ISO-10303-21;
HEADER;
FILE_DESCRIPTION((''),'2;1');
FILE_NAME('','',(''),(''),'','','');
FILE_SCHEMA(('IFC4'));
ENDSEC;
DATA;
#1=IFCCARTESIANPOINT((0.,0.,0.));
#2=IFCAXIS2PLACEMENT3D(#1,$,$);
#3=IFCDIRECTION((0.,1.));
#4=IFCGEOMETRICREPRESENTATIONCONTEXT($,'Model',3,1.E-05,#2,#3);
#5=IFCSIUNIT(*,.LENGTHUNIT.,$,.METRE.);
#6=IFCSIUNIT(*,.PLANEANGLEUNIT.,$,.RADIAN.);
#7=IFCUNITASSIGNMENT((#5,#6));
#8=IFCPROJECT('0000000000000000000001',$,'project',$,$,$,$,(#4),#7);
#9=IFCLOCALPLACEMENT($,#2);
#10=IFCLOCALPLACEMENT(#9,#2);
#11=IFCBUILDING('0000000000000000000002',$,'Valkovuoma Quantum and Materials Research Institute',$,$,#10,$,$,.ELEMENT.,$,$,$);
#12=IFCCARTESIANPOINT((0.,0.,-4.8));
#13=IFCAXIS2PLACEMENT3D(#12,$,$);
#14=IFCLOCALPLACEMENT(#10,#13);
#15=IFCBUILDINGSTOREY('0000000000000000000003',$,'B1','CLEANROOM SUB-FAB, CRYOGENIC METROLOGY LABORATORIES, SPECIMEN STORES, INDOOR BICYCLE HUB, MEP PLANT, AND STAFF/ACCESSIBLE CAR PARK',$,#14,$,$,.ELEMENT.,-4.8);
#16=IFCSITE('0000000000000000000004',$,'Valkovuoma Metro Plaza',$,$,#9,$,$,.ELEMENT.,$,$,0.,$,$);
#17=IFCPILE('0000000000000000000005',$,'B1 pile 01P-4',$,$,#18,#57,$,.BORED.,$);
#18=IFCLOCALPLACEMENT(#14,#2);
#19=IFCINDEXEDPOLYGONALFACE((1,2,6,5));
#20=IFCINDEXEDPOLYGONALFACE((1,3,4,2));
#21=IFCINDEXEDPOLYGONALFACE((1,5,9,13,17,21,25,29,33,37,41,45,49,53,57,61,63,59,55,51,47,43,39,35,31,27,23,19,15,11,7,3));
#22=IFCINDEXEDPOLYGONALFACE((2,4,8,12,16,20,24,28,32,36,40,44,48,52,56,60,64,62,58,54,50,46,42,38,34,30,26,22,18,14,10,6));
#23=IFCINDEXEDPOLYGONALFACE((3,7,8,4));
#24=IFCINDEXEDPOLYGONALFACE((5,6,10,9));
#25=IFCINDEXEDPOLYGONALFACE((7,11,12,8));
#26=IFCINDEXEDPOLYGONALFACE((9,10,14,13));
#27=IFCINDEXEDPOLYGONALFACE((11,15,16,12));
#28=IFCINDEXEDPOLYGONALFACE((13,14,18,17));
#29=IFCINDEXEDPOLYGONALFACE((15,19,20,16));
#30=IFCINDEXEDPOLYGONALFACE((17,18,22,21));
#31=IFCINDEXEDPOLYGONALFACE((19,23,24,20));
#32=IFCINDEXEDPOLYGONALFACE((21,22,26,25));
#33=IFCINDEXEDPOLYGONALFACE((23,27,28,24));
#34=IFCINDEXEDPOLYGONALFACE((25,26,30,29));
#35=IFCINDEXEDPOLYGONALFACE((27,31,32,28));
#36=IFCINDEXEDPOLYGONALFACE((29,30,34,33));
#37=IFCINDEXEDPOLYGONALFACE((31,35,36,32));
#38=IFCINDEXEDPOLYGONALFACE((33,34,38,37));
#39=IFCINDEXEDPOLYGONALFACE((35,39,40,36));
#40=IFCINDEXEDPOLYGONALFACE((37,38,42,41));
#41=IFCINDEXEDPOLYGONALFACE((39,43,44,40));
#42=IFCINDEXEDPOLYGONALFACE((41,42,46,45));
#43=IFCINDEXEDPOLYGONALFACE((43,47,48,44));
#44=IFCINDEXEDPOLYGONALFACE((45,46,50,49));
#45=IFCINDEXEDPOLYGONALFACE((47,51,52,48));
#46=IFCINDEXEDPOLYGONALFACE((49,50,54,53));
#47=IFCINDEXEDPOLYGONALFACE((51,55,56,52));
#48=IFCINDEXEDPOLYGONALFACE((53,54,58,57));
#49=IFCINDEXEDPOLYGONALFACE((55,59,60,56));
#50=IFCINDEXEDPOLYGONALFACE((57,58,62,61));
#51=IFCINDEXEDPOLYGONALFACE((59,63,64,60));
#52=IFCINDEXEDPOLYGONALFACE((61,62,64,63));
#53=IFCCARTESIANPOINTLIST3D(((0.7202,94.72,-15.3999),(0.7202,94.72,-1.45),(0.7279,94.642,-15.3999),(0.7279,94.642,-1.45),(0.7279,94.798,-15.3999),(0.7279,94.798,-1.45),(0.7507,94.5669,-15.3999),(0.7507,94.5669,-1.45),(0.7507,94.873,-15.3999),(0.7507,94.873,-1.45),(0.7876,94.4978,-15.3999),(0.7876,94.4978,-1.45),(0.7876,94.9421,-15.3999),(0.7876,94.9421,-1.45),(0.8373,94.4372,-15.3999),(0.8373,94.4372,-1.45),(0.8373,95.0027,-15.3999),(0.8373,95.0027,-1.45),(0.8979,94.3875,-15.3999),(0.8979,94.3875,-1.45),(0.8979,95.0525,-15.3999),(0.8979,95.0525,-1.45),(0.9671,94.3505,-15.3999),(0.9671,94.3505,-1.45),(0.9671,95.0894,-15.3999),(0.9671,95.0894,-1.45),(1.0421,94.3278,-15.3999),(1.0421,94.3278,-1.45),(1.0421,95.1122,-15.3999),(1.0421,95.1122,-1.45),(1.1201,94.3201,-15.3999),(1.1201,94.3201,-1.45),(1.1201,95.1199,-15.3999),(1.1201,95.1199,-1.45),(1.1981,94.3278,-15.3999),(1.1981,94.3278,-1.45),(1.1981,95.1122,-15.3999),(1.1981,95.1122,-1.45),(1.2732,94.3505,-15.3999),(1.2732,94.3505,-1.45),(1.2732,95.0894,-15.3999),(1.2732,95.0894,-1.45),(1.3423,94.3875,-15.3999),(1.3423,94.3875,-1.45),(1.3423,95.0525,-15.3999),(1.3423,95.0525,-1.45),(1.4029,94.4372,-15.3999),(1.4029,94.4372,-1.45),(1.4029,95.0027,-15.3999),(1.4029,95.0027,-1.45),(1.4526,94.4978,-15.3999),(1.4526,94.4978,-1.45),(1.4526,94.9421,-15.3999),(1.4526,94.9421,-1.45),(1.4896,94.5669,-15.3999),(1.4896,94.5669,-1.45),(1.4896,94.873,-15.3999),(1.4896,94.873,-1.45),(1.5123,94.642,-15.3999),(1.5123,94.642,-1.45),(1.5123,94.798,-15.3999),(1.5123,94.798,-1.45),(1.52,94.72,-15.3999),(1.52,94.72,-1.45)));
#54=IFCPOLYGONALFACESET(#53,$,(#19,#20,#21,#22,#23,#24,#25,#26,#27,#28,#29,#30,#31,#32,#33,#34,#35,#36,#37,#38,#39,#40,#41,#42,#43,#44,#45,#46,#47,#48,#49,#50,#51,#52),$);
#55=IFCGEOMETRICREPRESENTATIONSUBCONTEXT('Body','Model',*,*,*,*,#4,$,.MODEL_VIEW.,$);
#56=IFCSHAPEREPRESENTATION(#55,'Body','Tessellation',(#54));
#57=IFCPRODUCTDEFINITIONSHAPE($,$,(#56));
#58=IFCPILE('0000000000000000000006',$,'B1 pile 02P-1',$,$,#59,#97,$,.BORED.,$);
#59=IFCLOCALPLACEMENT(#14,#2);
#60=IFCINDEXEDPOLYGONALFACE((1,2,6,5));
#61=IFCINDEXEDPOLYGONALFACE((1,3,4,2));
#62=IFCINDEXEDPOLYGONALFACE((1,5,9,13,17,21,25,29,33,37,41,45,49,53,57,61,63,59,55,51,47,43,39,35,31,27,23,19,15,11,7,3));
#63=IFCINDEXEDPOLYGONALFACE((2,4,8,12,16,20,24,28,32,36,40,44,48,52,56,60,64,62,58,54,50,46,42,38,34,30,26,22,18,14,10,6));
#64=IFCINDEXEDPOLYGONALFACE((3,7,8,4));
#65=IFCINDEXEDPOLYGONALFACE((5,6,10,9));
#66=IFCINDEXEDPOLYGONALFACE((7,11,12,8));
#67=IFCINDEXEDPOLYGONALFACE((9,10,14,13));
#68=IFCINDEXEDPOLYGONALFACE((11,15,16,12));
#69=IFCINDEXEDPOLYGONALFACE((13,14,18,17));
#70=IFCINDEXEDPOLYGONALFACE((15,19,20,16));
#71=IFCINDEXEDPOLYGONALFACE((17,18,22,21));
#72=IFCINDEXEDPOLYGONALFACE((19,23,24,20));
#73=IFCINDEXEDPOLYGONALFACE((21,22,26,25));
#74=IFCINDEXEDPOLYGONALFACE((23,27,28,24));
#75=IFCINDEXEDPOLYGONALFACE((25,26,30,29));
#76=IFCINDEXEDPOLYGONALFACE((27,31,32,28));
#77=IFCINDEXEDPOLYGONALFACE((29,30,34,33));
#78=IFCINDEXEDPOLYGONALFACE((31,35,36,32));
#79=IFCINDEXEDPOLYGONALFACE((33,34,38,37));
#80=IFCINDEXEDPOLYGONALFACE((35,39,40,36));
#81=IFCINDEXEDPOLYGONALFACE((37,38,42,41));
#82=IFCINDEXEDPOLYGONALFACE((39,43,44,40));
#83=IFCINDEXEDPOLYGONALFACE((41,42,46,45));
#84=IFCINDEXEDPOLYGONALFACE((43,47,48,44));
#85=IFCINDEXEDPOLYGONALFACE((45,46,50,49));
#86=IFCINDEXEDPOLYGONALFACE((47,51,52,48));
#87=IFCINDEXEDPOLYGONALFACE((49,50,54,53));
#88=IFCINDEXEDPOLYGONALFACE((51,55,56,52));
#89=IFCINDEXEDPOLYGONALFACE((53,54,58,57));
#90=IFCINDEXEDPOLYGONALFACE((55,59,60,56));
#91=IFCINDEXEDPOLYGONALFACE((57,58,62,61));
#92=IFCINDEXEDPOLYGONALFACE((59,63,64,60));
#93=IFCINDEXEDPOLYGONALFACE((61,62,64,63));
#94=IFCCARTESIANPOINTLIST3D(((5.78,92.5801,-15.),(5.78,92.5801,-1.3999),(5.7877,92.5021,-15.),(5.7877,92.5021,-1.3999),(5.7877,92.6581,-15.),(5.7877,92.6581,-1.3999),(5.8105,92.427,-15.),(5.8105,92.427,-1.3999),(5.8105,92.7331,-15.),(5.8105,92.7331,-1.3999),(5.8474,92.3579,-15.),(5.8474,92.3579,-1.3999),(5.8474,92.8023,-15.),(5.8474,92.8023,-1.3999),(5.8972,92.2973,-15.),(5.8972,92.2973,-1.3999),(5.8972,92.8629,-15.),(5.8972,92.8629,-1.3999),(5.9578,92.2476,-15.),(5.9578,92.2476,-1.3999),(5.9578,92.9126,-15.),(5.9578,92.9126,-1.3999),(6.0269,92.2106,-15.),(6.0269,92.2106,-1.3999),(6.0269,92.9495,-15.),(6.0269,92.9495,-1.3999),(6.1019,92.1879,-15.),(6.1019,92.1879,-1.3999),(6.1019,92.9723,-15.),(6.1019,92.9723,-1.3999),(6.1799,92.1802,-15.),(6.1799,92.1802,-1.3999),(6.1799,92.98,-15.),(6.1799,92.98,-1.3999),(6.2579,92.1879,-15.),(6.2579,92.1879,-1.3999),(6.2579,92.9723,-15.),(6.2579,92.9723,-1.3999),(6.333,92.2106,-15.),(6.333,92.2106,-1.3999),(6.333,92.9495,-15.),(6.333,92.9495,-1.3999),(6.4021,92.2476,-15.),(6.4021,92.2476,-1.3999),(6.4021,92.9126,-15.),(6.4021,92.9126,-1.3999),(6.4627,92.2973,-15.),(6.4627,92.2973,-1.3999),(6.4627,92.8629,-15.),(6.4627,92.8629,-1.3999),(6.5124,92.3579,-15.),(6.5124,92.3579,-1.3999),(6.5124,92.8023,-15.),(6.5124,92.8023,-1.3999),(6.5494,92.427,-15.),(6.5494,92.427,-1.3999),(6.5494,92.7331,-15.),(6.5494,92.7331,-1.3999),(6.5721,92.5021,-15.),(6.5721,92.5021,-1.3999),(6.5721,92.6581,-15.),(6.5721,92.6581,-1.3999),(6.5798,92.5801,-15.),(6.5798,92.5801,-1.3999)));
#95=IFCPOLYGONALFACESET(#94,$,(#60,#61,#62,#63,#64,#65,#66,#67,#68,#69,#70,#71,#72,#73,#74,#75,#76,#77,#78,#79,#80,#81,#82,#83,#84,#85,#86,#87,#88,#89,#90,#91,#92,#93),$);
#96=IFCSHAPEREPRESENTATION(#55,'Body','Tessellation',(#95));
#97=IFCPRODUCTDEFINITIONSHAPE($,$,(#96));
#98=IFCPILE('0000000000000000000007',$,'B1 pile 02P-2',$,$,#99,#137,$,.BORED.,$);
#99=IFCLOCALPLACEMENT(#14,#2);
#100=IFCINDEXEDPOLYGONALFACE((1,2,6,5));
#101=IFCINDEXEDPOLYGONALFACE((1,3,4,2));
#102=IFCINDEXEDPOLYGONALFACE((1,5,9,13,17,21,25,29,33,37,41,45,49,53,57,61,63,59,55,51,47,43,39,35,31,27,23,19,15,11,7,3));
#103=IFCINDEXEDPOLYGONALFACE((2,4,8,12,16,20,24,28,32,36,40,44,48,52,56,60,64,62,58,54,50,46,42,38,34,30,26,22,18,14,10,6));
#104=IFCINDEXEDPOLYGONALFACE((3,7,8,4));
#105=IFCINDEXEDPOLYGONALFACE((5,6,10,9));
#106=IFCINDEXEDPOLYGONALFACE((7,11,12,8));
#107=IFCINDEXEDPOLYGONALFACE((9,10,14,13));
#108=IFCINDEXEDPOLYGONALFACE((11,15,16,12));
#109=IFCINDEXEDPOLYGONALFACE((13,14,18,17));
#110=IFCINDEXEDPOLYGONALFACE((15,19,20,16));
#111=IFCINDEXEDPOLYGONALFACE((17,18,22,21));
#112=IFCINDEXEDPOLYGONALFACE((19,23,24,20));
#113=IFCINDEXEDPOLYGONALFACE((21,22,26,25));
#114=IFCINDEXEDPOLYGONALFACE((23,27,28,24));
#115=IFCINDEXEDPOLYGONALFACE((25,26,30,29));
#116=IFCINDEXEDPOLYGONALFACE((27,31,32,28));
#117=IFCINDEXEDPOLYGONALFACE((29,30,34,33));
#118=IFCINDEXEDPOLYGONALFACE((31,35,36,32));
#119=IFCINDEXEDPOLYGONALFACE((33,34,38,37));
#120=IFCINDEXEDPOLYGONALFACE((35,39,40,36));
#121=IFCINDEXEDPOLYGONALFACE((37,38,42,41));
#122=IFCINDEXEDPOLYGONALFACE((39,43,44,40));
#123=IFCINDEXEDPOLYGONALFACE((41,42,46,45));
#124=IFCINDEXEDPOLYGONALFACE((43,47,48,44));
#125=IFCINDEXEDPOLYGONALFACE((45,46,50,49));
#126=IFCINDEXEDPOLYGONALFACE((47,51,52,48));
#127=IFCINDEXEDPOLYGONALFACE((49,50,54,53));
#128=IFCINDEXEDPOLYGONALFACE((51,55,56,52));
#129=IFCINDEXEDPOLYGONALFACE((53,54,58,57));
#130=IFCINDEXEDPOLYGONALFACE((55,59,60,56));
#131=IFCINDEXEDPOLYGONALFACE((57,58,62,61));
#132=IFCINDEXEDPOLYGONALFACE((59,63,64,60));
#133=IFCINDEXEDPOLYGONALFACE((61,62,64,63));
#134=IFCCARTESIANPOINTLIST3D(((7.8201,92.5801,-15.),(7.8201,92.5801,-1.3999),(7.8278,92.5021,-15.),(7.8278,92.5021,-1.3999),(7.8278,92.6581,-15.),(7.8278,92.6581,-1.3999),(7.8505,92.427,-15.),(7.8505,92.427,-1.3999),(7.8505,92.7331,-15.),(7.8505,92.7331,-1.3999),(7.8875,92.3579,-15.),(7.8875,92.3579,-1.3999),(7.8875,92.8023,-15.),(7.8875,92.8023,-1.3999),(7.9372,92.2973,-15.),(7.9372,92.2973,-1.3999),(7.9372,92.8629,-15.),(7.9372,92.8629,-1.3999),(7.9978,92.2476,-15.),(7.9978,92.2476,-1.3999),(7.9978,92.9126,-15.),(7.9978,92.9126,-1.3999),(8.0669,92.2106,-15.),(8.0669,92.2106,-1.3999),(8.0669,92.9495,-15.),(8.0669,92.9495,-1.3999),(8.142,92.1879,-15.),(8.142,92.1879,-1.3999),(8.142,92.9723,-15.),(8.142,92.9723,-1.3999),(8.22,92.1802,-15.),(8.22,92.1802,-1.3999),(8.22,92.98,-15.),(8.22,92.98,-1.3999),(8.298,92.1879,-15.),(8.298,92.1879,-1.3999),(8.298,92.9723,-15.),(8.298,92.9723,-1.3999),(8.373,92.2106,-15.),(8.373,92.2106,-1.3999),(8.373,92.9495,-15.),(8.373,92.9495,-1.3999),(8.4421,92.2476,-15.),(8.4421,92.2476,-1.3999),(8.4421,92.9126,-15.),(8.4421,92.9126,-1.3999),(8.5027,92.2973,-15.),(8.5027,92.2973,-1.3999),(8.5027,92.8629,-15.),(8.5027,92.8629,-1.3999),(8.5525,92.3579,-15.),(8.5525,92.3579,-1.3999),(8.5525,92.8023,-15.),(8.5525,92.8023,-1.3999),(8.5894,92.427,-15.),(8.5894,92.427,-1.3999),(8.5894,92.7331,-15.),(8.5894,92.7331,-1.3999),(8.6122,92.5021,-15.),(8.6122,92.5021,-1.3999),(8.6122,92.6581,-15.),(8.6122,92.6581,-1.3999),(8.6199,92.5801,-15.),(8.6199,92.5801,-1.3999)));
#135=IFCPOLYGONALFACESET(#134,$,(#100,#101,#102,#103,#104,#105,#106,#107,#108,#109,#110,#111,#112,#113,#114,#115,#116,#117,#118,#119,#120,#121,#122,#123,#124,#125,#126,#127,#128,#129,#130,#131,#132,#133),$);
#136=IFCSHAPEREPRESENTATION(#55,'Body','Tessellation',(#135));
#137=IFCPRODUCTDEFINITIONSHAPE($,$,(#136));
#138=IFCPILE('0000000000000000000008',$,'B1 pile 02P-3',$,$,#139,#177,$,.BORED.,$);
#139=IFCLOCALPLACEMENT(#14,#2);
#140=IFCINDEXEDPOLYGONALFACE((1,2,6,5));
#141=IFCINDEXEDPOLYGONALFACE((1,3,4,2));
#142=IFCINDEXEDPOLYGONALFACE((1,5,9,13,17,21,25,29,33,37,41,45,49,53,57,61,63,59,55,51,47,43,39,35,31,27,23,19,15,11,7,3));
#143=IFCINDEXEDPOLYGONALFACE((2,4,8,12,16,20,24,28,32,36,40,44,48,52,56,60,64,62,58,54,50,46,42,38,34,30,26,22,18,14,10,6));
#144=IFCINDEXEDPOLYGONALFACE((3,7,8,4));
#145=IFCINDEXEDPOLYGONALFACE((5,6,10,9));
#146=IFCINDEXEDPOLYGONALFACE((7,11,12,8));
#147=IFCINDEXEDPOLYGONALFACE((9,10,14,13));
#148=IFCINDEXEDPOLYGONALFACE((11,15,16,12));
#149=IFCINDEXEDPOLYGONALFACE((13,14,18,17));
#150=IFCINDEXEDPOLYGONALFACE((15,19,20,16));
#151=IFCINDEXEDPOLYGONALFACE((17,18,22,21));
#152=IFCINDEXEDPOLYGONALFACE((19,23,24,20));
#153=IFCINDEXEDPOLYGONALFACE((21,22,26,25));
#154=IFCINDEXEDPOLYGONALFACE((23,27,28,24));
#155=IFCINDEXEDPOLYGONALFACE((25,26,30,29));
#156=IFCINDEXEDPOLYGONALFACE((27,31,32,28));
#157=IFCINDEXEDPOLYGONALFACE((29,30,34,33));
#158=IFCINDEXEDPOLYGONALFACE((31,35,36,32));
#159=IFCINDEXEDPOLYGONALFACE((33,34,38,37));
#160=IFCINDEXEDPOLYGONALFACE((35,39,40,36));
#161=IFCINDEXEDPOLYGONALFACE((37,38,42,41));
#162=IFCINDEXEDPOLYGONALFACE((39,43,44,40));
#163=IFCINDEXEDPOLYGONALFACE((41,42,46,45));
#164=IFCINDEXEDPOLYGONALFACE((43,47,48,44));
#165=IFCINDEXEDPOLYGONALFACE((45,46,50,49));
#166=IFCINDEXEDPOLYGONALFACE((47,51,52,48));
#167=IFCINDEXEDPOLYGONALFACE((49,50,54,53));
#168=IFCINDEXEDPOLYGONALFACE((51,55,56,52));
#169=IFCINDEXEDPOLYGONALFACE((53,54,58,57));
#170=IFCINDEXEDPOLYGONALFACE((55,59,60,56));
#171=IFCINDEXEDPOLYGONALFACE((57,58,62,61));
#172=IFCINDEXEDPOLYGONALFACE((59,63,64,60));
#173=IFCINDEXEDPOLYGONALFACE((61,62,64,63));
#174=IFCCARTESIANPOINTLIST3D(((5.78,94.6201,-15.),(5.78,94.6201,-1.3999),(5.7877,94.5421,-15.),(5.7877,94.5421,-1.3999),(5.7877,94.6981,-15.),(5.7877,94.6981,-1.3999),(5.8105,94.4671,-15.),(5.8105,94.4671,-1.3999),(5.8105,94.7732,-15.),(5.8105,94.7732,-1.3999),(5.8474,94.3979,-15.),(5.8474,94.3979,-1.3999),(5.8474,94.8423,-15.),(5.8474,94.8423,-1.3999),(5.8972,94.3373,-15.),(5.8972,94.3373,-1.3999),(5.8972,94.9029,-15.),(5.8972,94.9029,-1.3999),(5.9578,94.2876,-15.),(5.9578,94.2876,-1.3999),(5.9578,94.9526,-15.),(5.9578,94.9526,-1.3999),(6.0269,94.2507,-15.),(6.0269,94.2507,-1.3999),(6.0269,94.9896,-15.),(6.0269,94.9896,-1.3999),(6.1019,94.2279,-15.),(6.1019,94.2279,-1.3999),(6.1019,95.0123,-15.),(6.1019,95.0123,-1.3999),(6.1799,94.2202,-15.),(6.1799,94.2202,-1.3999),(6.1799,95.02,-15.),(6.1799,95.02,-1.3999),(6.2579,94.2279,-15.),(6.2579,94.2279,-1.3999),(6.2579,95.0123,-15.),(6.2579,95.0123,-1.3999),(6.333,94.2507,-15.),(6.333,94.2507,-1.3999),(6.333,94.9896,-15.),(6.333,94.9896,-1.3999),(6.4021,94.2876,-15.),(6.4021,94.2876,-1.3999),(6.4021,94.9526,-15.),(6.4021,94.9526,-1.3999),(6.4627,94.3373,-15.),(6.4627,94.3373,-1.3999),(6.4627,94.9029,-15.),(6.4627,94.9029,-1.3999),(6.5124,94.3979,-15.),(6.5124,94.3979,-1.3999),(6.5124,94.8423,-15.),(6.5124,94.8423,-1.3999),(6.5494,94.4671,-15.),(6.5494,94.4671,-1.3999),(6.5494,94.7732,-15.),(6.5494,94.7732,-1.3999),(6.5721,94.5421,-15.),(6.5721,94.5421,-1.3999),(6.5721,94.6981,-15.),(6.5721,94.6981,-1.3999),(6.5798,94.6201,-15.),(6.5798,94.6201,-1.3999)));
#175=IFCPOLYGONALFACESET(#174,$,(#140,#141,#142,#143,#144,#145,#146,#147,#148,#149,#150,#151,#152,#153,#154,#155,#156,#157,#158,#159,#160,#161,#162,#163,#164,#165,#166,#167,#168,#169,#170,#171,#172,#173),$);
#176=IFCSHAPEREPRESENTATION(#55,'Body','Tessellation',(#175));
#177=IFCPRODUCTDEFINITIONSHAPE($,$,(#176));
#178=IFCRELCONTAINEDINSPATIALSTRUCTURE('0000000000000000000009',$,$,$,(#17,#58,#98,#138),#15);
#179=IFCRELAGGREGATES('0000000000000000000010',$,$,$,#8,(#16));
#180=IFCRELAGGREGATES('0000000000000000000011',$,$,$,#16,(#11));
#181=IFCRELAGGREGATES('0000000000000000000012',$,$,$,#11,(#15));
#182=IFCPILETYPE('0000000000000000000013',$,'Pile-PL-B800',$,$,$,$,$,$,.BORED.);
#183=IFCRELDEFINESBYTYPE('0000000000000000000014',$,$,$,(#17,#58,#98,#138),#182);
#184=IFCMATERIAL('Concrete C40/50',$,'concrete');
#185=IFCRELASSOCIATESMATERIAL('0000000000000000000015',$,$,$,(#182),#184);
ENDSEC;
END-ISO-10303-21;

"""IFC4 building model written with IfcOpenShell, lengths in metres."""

from ifc_helpers import new_model, si_unit, direction, frame, origin, origin_2d, place, context, subcontext, project, spatial, circle, extrude, material, material_profile, profile_set, type_object, element, save


model = new_model("IFC4")

# Units and contexts
model_context = context("Model", 3, precision=1e-05, world=origin(), true_north=direction((0.0, 1.0)))
body_context = subcontext(model_context, "Body", "Model", "MODEL_VIEW")
ifc_project = project(units=[si_unit("LENGTHUNIT", "METRE"), si_unit("PLANEANGLEUNIT", "RADIAN")], contexts=[model_context])

# Site, building, storey
site_placement = place(None, origin())
site = spatial("IfcSite", under=ifc_project, at=site_placement, Name="Valkovuoma Metro Plaza", CompositionType="ELEMENT", RefElevation=0.0)
building_placement = place(site_placement, origin())
building = spatial("IfcBuilding", under=site, at=building_placement, Name="Valkovuoma Quantum and Materials Research Institute", CompositionType="ELEMENT")
storey_placement = place(building_placement, frame((0.0, 0.0, -4.8)))
storey = spatial("IfcBuildingStorey", under=building, at=storey_placement, Name="B1", Description="CLEANROOM SUB-FAB, CRYOGENIC METROLOGY LABORATORIES, SPECIMEN STORES, INDOOR BICYCLE HUB, MEP PLANT, AND STAFF/ACCESSIBLE CAR PARK", CompositionType="ELEMENT", Elevation=-4.8)

# Piles
ifc_material_1 = material(Name="Concrete C40/50", Category="concrete")
ifc_material_profile_1 = material_profile(ifc_material_1, circle(Radius=0.3999, at=origin_2d()), Name="Concrete C40/50")
ifc_profile_set_1 = profile_set([ifc_material_profile_1], Name="Concrete C40/50")
pile_type_1 = type_object("IfcPileType", Name="Pile-PL-B800", PredefinedType="BORED", material=ifc_profile_set_1)
for number, where, z_axis, x_axis, name in (
    (1, (1.1201, 94.72, -1.45), (0.0, 0.0, -1.0), (1.0, 0.0, 0.0), "B1 pile 01P-4"),
):
    element("IfcPile", number, at=place(storey_placement, frame(where, z_axis=z_axis, x_axis=x_axis)), inside=storey, type_object=pile_type_1, Name=name, PredefinedType="BORED", context=body_context, shape_type="SweptSolid", body=[
        extrude(circle(Radius=0.3999, at=origin_2d()), origin(), (0.0, 0.0, 1.0), 13.95),
    ])
for number, where, z_axis, x_axis, name in (
    (2, (6.1799, 92.5801, -1.3999), (0.0, 0.0, -1.0), (1.0, 0.0, 0.0), "B1 pile 02P-1"),
    (3, (8.22, 92.5801, -1.3999), (0.0, 0.0, -1.0), (1.0, 0.0, 0.0), "B1 pile 02P-2"),
    (4, (6.1799, 94.6201, -1.3999), (0.0, 0.0, -1.0), (1.0, 0.0, 0.0), "B1 pile 02P-3"),
):
    element("IfcPile", number, at=place(storey_placement, frame(where, z_axis=z_axis, x_axis=x_axis)), inside=storey, type_object=pile_type_1, Name=name, PredefinedType="BORED", context=body_context, shape_type="SweptSolid", body=[
        extrude(circle(Radius=0.3999, at=origin_2d()), origin(), (0.0, 0.0, 1.0), 13.6001),
    ])

save(model, "model.ifc")
